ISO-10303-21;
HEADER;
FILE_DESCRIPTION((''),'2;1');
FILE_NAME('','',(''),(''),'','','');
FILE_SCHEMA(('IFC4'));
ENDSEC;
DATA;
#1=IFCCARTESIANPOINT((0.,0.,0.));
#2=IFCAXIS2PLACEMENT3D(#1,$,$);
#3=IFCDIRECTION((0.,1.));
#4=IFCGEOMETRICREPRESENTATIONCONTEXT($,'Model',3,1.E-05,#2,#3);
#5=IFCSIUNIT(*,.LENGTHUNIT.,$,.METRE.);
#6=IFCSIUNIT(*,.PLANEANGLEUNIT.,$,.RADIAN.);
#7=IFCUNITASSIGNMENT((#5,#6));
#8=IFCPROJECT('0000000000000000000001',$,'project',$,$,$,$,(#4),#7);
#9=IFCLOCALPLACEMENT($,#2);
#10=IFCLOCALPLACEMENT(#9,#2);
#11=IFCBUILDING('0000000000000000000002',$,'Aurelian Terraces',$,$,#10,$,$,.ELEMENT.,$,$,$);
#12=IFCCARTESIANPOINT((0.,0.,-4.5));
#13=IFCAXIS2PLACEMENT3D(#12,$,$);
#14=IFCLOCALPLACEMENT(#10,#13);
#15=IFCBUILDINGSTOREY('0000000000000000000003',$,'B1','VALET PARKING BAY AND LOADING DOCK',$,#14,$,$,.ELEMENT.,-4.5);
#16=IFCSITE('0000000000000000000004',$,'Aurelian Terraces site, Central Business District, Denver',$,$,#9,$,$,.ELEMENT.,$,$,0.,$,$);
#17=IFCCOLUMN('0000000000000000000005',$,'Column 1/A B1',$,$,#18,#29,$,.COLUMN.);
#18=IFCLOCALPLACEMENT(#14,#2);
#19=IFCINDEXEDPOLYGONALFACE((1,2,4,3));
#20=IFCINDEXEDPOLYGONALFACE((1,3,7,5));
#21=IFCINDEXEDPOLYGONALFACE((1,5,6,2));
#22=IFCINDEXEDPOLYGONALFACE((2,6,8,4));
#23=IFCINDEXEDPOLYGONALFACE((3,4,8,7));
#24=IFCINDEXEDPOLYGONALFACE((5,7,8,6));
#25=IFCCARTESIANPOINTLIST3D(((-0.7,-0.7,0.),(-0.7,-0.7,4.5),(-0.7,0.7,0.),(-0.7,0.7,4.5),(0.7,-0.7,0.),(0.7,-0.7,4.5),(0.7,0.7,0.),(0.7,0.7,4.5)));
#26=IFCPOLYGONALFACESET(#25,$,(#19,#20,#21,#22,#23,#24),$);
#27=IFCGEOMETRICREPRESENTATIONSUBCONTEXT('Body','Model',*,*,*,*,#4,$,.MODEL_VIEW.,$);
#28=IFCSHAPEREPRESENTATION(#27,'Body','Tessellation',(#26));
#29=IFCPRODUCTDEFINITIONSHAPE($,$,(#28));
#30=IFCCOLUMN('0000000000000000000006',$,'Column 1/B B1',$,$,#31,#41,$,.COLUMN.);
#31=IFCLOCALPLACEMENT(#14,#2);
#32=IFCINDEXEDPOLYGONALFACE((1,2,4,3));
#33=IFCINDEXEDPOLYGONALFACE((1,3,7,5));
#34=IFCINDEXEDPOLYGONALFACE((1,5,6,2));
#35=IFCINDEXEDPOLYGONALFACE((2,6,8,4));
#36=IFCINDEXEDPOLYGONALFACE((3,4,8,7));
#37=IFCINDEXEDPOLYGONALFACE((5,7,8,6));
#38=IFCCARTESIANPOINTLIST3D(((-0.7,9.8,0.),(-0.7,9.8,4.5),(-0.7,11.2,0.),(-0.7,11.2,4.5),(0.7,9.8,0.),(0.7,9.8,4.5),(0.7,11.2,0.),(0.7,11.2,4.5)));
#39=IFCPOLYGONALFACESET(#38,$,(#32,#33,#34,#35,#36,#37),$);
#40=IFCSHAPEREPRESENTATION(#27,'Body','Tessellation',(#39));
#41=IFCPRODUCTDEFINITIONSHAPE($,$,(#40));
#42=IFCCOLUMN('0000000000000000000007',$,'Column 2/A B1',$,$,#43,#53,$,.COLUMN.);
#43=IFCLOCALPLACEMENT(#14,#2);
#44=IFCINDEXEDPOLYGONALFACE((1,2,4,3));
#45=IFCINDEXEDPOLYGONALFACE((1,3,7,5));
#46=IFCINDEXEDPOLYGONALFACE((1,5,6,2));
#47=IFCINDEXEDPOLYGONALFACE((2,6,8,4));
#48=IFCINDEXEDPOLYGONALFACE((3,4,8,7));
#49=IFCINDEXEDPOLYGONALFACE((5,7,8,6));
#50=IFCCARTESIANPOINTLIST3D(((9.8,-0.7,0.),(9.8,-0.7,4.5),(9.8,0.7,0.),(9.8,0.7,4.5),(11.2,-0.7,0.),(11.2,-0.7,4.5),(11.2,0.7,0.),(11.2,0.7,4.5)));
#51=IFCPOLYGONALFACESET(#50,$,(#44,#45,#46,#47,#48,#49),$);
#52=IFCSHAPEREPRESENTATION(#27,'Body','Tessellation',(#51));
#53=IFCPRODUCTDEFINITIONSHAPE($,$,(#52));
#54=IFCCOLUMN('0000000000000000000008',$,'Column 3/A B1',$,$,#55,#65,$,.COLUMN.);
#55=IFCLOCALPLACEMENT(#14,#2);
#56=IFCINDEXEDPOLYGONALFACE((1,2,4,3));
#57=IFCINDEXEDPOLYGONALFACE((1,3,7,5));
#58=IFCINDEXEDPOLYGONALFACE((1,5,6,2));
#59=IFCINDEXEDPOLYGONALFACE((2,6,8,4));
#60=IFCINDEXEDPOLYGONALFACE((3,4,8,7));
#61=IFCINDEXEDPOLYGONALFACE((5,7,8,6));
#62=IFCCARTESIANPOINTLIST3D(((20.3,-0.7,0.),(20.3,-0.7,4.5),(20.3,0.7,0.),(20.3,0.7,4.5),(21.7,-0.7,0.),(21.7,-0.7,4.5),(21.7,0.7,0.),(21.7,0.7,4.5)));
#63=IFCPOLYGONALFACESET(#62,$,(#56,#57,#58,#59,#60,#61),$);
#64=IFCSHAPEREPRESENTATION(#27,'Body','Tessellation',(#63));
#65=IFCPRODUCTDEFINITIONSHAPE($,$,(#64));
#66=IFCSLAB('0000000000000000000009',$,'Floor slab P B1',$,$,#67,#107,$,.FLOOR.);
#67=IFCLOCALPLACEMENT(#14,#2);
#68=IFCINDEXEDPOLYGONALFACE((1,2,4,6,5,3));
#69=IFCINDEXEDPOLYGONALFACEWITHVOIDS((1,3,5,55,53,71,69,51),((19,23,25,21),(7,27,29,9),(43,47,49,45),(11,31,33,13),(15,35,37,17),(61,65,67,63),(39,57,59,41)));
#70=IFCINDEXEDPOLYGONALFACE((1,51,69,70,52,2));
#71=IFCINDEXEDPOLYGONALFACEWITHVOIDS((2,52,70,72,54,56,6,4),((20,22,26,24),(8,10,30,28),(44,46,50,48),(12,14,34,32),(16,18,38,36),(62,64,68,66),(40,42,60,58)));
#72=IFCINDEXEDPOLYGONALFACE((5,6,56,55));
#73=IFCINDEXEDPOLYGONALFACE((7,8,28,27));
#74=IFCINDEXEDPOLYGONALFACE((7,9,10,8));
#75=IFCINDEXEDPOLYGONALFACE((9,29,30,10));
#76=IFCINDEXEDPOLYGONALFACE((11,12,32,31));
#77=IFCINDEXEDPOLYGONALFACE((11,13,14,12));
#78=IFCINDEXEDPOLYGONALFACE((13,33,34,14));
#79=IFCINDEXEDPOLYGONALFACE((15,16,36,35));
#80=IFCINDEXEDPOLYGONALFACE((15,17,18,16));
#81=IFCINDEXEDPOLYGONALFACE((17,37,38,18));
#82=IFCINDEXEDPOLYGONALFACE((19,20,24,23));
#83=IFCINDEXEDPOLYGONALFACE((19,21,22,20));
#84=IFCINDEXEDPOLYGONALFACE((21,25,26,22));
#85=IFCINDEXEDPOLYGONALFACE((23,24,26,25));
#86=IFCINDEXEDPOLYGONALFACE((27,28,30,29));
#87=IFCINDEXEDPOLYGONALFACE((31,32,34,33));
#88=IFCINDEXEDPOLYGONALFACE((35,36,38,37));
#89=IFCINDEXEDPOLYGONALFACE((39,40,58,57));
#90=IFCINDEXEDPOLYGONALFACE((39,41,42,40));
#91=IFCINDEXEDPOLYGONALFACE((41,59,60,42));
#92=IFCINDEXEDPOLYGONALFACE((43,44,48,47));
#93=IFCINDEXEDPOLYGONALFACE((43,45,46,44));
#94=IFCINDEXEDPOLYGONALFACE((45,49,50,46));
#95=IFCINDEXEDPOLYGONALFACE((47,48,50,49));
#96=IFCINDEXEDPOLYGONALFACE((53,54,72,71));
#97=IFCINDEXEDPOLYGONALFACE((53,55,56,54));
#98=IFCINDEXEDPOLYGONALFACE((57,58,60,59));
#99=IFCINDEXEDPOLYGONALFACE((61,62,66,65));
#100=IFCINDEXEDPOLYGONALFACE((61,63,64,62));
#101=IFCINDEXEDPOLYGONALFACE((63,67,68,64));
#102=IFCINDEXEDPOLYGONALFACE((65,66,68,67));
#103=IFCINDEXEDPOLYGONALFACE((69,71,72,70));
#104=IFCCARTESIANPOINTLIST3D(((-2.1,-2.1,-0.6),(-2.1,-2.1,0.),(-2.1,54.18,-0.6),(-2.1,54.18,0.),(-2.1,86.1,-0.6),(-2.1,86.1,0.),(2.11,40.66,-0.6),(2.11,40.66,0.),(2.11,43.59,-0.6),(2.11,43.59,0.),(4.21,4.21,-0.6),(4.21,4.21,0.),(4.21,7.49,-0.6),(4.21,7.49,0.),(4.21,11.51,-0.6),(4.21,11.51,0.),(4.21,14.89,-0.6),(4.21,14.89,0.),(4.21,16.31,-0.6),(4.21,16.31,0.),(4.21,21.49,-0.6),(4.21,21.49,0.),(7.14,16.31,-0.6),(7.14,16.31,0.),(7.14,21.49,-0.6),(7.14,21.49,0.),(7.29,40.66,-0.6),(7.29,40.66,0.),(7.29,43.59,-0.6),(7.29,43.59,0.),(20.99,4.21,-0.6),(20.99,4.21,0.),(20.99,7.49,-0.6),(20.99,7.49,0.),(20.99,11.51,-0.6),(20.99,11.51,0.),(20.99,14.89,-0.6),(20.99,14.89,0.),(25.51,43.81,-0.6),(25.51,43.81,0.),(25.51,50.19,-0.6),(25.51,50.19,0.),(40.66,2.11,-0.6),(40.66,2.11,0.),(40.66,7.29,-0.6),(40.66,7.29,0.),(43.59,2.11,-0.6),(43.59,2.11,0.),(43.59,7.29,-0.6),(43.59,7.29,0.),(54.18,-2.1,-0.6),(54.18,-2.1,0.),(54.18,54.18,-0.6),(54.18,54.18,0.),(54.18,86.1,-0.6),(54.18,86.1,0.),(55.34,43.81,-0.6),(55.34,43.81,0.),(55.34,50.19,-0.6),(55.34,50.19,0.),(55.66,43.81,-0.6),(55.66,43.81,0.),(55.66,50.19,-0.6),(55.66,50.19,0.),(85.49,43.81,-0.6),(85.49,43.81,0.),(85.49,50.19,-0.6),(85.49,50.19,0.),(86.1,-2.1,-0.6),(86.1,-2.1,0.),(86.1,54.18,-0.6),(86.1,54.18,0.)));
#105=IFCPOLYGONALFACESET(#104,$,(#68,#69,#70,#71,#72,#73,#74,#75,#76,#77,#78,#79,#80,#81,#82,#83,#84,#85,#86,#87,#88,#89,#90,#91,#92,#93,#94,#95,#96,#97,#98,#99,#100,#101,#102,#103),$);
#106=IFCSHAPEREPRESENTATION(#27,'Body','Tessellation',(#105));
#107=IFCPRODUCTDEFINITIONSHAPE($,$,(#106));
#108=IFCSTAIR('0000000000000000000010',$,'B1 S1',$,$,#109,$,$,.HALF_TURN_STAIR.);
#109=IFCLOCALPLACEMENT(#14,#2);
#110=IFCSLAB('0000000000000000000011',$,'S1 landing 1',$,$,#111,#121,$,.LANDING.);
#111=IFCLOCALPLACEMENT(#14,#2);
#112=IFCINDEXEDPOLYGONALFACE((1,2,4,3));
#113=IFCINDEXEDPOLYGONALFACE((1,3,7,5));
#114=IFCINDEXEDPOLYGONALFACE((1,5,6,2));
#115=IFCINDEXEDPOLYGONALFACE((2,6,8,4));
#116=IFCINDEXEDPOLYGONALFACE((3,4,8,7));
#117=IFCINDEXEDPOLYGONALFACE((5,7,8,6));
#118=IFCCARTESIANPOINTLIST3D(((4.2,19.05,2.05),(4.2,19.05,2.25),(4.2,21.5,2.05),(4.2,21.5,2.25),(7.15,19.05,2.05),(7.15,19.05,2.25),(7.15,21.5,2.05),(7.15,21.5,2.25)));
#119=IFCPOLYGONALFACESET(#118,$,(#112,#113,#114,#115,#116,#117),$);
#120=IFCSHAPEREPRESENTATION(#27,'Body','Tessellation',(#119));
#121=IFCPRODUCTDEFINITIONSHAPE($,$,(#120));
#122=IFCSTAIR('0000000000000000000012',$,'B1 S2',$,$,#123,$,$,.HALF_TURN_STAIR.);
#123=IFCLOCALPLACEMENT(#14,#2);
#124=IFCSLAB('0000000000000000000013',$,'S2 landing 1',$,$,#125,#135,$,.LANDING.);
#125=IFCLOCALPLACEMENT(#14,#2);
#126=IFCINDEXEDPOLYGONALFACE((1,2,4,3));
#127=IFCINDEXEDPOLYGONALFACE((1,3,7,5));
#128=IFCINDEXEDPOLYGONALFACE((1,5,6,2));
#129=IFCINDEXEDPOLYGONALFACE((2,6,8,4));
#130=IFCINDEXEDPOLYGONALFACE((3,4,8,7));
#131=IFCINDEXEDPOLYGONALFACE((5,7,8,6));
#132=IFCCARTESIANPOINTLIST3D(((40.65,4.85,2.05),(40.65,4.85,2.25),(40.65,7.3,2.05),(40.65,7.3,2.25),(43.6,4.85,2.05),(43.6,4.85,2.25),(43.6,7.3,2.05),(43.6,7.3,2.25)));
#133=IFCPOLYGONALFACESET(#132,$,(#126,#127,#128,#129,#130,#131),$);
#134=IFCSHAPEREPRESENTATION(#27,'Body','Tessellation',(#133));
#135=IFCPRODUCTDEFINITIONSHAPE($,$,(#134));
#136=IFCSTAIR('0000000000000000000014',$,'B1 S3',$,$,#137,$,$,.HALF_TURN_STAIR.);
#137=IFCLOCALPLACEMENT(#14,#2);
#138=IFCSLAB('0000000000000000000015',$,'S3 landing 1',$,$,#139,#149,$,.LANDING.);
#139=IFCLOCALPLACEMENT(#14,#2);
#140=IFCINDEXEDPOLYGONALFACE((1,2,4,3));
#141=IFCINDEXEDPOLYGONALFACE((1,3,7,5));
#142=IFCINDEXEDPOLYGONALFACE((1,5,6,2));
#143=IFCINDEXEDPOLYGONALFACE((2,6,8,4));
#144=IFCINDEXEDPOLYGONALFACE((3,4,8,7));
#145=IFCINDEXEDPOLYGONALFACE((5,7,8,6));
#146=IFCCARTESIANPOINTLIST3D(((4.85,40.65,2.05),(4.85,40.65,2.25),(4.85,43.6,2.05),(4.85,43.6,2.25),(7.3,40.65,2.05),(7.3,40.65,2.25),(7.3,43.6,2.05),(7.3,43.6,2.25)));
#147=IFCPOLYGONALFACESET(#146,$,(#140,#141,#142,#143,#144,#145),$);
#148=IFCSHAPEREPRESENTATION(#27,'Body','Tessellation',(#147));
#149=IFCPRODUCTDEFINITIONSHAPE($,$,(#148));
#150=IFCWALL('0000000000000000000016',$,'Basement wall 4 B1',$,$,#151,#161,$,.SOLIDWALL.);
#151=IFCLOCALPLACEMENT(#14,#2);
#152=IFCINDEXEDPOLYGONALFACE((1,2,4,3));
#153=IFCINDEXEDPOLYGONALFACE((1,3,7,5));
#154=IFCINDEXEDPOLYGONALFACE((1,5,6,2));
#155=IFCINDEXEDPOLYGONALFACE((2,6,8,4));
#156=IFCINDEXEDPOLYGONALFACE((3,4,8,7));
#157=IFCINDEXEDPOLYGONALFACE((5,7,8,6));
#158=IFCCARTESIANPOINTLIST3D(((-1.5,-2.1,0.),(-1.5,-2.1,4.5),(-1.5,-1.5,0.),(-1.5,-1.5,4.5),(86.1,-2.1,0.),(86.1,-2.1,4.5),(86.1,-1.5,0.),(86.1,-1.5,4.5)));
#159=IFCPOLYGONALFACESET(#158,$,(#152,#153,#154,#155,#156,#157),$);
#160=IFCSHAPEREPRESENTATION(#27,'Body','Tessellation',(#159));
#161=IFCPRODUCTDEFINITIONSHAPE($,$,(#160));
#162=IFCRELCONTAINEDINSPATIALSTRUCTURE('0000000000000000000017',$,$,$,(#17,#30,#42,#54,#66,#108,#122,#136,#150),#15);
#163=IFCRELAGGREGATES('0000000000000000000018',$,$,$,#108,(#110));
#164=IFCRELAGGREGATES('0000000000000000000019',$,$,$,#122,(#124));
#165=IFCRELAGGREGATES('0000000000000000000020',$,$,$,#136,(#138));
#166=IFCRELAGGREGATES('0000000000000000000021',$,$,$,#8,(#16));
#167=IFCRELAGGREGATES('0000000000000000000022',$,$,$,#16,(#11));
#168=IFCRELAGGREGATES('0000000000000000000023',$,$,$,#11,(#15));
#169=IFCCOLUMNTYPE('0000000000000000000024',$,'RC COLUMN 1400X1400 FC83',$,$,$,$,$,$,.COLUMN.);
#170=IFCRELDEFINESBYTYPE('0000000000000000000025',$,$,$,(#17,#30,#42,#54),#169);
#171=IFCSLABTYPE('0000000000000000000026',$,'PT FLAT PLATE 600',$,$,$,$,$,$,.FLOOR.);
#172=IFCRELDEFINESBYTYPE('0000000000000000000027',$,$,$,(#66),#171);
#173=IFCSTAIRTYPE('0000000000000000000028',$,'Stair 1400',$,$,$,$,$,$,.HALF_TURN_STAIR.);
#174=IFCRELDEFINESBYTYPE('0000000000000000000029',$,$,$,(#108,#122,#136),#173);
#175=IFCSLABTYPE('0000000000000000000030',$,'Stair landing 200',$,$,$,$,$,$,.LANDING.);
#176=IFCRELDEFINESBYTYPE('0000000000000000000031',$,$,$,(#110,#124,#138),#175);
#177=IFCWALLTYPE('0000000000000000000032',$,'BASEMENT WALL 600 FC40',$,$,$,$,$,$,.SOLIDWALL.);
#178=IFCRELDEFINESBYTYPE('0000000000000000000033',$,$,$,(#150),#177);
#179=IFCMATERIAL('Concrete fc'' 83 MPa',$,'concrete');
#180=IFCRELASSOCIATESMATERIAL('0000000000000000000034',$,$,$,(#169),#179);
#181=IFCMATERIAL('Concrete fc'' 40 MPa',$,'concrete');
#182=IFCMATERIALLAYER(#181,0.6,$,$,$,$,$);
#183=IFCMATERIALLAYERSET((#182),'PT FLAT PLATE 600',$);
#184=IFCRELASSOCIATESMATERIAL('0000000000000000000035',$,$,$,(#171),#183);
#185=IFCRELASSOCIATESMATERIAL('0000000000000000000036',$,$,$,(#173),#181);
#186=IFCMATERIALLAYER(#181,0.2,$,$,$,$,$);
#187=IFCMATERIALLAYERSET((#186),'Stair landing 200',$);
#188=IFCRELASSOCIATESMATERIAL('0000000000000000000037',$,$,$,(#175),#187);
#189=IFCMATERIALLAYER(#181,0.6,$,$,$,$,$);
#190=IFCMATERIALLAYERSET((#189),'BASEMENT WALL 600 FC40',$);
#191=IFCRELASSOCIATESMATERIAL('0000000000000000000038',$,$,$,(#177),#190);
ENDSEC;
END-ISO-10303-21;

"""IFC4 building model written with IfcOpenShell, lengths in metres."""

from ifc_helpers import new_model, si_unit, direction, frame, frame_2d, origin, origin_2d, place, context, subcontext, project, spatial, polyline, rectangle, outline, extrude, source, transform, mapped, material, layer, layer_set, material_profile, profile_set, type_object, element, aggregate, save


model = new_model("IFC4")

# Units and contexts
model_context = context("Model", 3, precision=1e-05, world=origin(), true_north=direction((0.0, 1.0)))
body_context = subcontext(model_context, "Body", "Model", "MODEL_VIEW")
ifc_project = project(units=[si_unit("LENGTHUNIT", "METRE"), si_unit("PLANEANGLEUNIT", "RADIAN")], contexts=[model_context])

# Site, building, storey
site_placement = place(None, origin())
site = spatial("IfcSite", under=ifc_project, at=site_placement, Name="Aurelian Terraces site, Central Business District, Denver", CompositionType="ELEMENT", RefElevation=0.0)
building_placement = place(site_placement, origin())
building = spatial("IfcBuilding", under=site, at=building_placement, Name="Aurelian Terraces", CompositionType="ELEMENT")
storey_placement = place(building_placement, frame((0.0, 0.0, -4.5)))
storey = spatial("IfcBuildingStorey", under=building, at=storey_placement, Name="B1", Description="VALET PARKING BAY AND LOADING DOCK", CompositionType="ELEMENT", Elevation=-4.5)

# Columns
ifc_material_1 = material(Name="Concrete fc' 83 MPa", Category="concrete")
ifc_material_profile = material_profile(ifc_material_1, rectangle(XDim=1.4, YDim=1.4, at=origin_2d()))
ifc_profile_set = profile_set([ifc_material_profile], Name="Concrete fc' 83 MPa")
column_type = type_object("IfcColumnType", Name="RC COLUMN 1400X1400 FC83", PredefinedType="COLUMN", material=ifc_profile_set)
shared_shape_1 = source(origin(), body_context, "Body", "SweptSolid", [
    extrude(rectangle(XDim=1.4, YDim=1.4, at=origin_2d()), origin(), (0.0, 0.0, 1.0), 4.5),
])
for number, where, z_axis, x_axis, name in (
    (1, (0.0, 0.0, 0.0), (0.0, 0.0, 1.0), (1.0, 0.0, 0.0), "Column 1/A B1"),
    (2, (0.0, 10.5, 0.0), (0.0, 0.0, 1.0), (1.0, 0.0, 0.0), "Column 1/B B1"),
    (3, (10.5, 0.0, 0.0), (0.0, 0.0, 1.0), (1.0, 0.0, 0.0), "Column 2/A B1"),
    (4, (21.0, 0.0, 0.0), (0.0, 0.0, 1.0), (1.0, 0.0, 0.0), "Column 3/A B1"),
):
    element("IfcColumn", number, at=place(storey_placement, frame(where, z_axis=z_axis, x_axis=x_axis)), inside=storey, type_object=column_type, Name=name, PredefinedType="COLUMN", context=body_context, shape_type="MappedRepresentation", body=[
        mapped(shared_shape_1, transform((0.0, 0.0, 0.0), scale=1.0)),
    ])

# Slab
ifc_material_2 = material(Name="Concrete fc' 40 MPa", Category="concrete")
ifc_layer_1 = layer(ifc_material_2, 0.6)
ifc_layer_set_1 = layer_set([ifc_layer_1], Name="PT FLAT PLATE 600")
slab_type_1 = type_object("IfcSlabType", Name="PT FLAT PLATE 600", PredefinedType="FLOOR", material=ifc_layer_set_1)
slab_1_placement = place(storey_placement, frame((0.0, 0.0, -0.6)))
element("IfcSlab", 5, at=slab_1_placement, inside=storey, type_object=slab_type_1, Name="Floor slab P B1", PredefinedType="FLOOR", context=body_context, shape_type="SweptSolid", body=[
    extrude(outline(polyline([(86.1, -2.1), (54.18, -2.1), (-2.1, -2.1), (-2.1, 54.18), (-2.1, 86.1), (54.18, 86.1), (54.18, 54.18), (86.1, 54.18), (86.1, -2.1)]), holes=[polyline([(85.49, 50.19), (55.66, 50.19), (55.66, 43.81), (85.49, 43.81), (85.49, 50.19)]), polyline([(55.34, 50.19), (25.51, 50.19), (25.51, 43.81), (55.34, 43.81), (55.34, 50.19)]), polyline([(40.66, 2.11), (43.59, 2.11), (43.59, 7.29), (40.66, 7.29), (40.66, 2.11)]), polyline([(4.21, 7.49), (4.21, 4.21), (20.99, 4.21), (20.99, 7.49), (4.21, 7.49)]), polyline([(4.21, 14.89), (4.21, 11.51), (20.99, 11.51), (20.99, 14.89), (4.21, 14.89)]), polyline([(7.29, 43.59), (2.11, 43.59), (2.11, 40.66), (7.29, 40.66), (7.29, 43.59)]), polyline([(4.21, 21.49), (4.21, 16.31), (7.14, 16.31), (7.14, 21.49), (4.21, 21.49)])]), origin(), (0.0, 0.0, 1.0), 0.6),
])

# Stairs, slabs
stair_type = type_object("IfcStairType", Name="Stair 1400", PredefinedType="HALF_TURN_STAIR", material=ifc_material_2)
stair_1_placement = place(storey_placement, origin())
stair_1 = element("IfcStair", 6, at=stair_1_placement, inside=storey, type_object=stair_type, Name="B1 S1", PredefinedType="HALF_TURN_STAIR")
ifc_layer_2 = layer(ifc_material_2, 0.2)
ifc_layer_set_2 = layer_set([ifc_layer_2], Name="Stair landing 200")
slab_type_2 = type_object("IfcSlabType", Name="Stair landing 200", PredefinedType="LANDING", material=ifc_layer_set_2)
shared_shape_2 = source(origin(), body_context, "Body", "SweptSolid", [
    extrude(outline(polyline([(7.15, 19.05), (7.15, 21.5), (4.2, 21.5), (4.2, 19.05), (7.15, 19.05)])), origin(), (0.0, 0.0, 1.0), 0.2),
])
slab_2_placement = place(storey_placement, frame((0.0, 0.0, 2.05)))
slab_2 = element("IfcSlab", 7, at=slab_2_placement, type_object=slab_type_2, Name="S1 landing 1", PredefinedType="LANDING", context=body_context, shape_type="MappedRepresentation", body=[
    mapped(shared_shape_2, transform((0.0, 0.0, 0.0), scale=1.0)),
])
aggregate(stair_1, [slab_2])
stair_2_placement = place(storey_placement, origin())
stair_2 = element("IfcStair", 8, at=stair_2_placement, inside=storey, type_object=stair_type, Name="B1 S2", PredefinedType="HALF_TURN_STAIR")
shared_shape_3 = source(origin(), body_context, "Body", "SweptSolid", [
    extrude(outline(polyline([(43.6, 4.85), (43.6, 7.3), (40.65, 7.3), (40.65, 4.85), (43.6, 4.85)])), origin(), (0.0, 0.0, 1.0), 0.2),
])
slab_3_placement = place(storey_placement, frame((0.0, 0.0, 2.05)))
slab_3 = element("IfcSlab", 9, at=slab_3_placement, type_object=slab_type_2, Name="S2 landing 1", PredefinedType="LANDING", context=body_context, shape_type="MappedRepresentation", body=[
    mapped(shared_shape_3, transform((0.0, 0.0, 0.0), scale=1.0)),
])
aggregate(stair_2, [slab_3])
stair_3_placement = place(storey_placement, origin())
stair_3 = element("IfcStair", 10, at=stair_3_placement, inside=storey, type_object=stair_type, Name="B1 S3", PredefinedType="HALF_TURN_STAIR")
shared_shape_4 = source(origin(), body_context, "Body", "SweptSolid", [
    extrude(outline(polyline([(4.85, 40.65), (7.3, 40.65), (7.3, 43.6), (4.85, 43.6), (4.85, 40.65)])), origin(), (0.0, 0.0, 1.0), 0.2),
])
slab_4_placement = place(storey_placement, frame((0.0, 0.0, 2.05)))
slab_4 = element("IfcSlab", 11, at=slab_4_placement, type_object=slab_type_2, Name="S3 landing 1", PredefinedType="LANDING", context=body_context, shape_type="MappedRepresentation", body=[
    mapped(shared_shape_4, transform((0.0, 0.0, 0.0), scale=1.0)),
])
aggregate(stair_3, [slab_4])

# Wall
ifc_layer_3 = layer(ifc_material_2, 0.6)
ifc_layer_set_3 = layer_set([ifc_layer_3], Name="BASEMENT WALL 600 FC40")
wall_type_1 = type_object("IfcWallType", Name="BASEMENT WALL 600 FC40", PredefinedType="SOLIDWALL", material=ifc_layer_set_3)
shared_shape_5 = source(origin(), body_context, "Body", "SweptSolid", [
    extrude(rectangle(XDim=87.6, YDim=0.6, at=frame_2d((43.8, 0.0))), origin(), (0.0, 0.0, 1.0), 4.5),
])
wall_1_placement = place(storey_placement, frame((-1.5, -1.8, 0.0), z_axis=(0.0, 0.0, 1.0), x_axis=(1.0, 0.0, 0.0)))
element("IfcWall", 12, at=wall_1_placement, inside=storey, type_object=wall_type_1, Name="Basement wall 4 B1", PredefinedType="SOLIDWALL", context=body_context, shape_type="MappedRepresentation", body=[
    mapped(shared_shape_5, transform((0.0, 0.0, 0.0), scale=1.0)),
])

save(model, "model.ifc")
